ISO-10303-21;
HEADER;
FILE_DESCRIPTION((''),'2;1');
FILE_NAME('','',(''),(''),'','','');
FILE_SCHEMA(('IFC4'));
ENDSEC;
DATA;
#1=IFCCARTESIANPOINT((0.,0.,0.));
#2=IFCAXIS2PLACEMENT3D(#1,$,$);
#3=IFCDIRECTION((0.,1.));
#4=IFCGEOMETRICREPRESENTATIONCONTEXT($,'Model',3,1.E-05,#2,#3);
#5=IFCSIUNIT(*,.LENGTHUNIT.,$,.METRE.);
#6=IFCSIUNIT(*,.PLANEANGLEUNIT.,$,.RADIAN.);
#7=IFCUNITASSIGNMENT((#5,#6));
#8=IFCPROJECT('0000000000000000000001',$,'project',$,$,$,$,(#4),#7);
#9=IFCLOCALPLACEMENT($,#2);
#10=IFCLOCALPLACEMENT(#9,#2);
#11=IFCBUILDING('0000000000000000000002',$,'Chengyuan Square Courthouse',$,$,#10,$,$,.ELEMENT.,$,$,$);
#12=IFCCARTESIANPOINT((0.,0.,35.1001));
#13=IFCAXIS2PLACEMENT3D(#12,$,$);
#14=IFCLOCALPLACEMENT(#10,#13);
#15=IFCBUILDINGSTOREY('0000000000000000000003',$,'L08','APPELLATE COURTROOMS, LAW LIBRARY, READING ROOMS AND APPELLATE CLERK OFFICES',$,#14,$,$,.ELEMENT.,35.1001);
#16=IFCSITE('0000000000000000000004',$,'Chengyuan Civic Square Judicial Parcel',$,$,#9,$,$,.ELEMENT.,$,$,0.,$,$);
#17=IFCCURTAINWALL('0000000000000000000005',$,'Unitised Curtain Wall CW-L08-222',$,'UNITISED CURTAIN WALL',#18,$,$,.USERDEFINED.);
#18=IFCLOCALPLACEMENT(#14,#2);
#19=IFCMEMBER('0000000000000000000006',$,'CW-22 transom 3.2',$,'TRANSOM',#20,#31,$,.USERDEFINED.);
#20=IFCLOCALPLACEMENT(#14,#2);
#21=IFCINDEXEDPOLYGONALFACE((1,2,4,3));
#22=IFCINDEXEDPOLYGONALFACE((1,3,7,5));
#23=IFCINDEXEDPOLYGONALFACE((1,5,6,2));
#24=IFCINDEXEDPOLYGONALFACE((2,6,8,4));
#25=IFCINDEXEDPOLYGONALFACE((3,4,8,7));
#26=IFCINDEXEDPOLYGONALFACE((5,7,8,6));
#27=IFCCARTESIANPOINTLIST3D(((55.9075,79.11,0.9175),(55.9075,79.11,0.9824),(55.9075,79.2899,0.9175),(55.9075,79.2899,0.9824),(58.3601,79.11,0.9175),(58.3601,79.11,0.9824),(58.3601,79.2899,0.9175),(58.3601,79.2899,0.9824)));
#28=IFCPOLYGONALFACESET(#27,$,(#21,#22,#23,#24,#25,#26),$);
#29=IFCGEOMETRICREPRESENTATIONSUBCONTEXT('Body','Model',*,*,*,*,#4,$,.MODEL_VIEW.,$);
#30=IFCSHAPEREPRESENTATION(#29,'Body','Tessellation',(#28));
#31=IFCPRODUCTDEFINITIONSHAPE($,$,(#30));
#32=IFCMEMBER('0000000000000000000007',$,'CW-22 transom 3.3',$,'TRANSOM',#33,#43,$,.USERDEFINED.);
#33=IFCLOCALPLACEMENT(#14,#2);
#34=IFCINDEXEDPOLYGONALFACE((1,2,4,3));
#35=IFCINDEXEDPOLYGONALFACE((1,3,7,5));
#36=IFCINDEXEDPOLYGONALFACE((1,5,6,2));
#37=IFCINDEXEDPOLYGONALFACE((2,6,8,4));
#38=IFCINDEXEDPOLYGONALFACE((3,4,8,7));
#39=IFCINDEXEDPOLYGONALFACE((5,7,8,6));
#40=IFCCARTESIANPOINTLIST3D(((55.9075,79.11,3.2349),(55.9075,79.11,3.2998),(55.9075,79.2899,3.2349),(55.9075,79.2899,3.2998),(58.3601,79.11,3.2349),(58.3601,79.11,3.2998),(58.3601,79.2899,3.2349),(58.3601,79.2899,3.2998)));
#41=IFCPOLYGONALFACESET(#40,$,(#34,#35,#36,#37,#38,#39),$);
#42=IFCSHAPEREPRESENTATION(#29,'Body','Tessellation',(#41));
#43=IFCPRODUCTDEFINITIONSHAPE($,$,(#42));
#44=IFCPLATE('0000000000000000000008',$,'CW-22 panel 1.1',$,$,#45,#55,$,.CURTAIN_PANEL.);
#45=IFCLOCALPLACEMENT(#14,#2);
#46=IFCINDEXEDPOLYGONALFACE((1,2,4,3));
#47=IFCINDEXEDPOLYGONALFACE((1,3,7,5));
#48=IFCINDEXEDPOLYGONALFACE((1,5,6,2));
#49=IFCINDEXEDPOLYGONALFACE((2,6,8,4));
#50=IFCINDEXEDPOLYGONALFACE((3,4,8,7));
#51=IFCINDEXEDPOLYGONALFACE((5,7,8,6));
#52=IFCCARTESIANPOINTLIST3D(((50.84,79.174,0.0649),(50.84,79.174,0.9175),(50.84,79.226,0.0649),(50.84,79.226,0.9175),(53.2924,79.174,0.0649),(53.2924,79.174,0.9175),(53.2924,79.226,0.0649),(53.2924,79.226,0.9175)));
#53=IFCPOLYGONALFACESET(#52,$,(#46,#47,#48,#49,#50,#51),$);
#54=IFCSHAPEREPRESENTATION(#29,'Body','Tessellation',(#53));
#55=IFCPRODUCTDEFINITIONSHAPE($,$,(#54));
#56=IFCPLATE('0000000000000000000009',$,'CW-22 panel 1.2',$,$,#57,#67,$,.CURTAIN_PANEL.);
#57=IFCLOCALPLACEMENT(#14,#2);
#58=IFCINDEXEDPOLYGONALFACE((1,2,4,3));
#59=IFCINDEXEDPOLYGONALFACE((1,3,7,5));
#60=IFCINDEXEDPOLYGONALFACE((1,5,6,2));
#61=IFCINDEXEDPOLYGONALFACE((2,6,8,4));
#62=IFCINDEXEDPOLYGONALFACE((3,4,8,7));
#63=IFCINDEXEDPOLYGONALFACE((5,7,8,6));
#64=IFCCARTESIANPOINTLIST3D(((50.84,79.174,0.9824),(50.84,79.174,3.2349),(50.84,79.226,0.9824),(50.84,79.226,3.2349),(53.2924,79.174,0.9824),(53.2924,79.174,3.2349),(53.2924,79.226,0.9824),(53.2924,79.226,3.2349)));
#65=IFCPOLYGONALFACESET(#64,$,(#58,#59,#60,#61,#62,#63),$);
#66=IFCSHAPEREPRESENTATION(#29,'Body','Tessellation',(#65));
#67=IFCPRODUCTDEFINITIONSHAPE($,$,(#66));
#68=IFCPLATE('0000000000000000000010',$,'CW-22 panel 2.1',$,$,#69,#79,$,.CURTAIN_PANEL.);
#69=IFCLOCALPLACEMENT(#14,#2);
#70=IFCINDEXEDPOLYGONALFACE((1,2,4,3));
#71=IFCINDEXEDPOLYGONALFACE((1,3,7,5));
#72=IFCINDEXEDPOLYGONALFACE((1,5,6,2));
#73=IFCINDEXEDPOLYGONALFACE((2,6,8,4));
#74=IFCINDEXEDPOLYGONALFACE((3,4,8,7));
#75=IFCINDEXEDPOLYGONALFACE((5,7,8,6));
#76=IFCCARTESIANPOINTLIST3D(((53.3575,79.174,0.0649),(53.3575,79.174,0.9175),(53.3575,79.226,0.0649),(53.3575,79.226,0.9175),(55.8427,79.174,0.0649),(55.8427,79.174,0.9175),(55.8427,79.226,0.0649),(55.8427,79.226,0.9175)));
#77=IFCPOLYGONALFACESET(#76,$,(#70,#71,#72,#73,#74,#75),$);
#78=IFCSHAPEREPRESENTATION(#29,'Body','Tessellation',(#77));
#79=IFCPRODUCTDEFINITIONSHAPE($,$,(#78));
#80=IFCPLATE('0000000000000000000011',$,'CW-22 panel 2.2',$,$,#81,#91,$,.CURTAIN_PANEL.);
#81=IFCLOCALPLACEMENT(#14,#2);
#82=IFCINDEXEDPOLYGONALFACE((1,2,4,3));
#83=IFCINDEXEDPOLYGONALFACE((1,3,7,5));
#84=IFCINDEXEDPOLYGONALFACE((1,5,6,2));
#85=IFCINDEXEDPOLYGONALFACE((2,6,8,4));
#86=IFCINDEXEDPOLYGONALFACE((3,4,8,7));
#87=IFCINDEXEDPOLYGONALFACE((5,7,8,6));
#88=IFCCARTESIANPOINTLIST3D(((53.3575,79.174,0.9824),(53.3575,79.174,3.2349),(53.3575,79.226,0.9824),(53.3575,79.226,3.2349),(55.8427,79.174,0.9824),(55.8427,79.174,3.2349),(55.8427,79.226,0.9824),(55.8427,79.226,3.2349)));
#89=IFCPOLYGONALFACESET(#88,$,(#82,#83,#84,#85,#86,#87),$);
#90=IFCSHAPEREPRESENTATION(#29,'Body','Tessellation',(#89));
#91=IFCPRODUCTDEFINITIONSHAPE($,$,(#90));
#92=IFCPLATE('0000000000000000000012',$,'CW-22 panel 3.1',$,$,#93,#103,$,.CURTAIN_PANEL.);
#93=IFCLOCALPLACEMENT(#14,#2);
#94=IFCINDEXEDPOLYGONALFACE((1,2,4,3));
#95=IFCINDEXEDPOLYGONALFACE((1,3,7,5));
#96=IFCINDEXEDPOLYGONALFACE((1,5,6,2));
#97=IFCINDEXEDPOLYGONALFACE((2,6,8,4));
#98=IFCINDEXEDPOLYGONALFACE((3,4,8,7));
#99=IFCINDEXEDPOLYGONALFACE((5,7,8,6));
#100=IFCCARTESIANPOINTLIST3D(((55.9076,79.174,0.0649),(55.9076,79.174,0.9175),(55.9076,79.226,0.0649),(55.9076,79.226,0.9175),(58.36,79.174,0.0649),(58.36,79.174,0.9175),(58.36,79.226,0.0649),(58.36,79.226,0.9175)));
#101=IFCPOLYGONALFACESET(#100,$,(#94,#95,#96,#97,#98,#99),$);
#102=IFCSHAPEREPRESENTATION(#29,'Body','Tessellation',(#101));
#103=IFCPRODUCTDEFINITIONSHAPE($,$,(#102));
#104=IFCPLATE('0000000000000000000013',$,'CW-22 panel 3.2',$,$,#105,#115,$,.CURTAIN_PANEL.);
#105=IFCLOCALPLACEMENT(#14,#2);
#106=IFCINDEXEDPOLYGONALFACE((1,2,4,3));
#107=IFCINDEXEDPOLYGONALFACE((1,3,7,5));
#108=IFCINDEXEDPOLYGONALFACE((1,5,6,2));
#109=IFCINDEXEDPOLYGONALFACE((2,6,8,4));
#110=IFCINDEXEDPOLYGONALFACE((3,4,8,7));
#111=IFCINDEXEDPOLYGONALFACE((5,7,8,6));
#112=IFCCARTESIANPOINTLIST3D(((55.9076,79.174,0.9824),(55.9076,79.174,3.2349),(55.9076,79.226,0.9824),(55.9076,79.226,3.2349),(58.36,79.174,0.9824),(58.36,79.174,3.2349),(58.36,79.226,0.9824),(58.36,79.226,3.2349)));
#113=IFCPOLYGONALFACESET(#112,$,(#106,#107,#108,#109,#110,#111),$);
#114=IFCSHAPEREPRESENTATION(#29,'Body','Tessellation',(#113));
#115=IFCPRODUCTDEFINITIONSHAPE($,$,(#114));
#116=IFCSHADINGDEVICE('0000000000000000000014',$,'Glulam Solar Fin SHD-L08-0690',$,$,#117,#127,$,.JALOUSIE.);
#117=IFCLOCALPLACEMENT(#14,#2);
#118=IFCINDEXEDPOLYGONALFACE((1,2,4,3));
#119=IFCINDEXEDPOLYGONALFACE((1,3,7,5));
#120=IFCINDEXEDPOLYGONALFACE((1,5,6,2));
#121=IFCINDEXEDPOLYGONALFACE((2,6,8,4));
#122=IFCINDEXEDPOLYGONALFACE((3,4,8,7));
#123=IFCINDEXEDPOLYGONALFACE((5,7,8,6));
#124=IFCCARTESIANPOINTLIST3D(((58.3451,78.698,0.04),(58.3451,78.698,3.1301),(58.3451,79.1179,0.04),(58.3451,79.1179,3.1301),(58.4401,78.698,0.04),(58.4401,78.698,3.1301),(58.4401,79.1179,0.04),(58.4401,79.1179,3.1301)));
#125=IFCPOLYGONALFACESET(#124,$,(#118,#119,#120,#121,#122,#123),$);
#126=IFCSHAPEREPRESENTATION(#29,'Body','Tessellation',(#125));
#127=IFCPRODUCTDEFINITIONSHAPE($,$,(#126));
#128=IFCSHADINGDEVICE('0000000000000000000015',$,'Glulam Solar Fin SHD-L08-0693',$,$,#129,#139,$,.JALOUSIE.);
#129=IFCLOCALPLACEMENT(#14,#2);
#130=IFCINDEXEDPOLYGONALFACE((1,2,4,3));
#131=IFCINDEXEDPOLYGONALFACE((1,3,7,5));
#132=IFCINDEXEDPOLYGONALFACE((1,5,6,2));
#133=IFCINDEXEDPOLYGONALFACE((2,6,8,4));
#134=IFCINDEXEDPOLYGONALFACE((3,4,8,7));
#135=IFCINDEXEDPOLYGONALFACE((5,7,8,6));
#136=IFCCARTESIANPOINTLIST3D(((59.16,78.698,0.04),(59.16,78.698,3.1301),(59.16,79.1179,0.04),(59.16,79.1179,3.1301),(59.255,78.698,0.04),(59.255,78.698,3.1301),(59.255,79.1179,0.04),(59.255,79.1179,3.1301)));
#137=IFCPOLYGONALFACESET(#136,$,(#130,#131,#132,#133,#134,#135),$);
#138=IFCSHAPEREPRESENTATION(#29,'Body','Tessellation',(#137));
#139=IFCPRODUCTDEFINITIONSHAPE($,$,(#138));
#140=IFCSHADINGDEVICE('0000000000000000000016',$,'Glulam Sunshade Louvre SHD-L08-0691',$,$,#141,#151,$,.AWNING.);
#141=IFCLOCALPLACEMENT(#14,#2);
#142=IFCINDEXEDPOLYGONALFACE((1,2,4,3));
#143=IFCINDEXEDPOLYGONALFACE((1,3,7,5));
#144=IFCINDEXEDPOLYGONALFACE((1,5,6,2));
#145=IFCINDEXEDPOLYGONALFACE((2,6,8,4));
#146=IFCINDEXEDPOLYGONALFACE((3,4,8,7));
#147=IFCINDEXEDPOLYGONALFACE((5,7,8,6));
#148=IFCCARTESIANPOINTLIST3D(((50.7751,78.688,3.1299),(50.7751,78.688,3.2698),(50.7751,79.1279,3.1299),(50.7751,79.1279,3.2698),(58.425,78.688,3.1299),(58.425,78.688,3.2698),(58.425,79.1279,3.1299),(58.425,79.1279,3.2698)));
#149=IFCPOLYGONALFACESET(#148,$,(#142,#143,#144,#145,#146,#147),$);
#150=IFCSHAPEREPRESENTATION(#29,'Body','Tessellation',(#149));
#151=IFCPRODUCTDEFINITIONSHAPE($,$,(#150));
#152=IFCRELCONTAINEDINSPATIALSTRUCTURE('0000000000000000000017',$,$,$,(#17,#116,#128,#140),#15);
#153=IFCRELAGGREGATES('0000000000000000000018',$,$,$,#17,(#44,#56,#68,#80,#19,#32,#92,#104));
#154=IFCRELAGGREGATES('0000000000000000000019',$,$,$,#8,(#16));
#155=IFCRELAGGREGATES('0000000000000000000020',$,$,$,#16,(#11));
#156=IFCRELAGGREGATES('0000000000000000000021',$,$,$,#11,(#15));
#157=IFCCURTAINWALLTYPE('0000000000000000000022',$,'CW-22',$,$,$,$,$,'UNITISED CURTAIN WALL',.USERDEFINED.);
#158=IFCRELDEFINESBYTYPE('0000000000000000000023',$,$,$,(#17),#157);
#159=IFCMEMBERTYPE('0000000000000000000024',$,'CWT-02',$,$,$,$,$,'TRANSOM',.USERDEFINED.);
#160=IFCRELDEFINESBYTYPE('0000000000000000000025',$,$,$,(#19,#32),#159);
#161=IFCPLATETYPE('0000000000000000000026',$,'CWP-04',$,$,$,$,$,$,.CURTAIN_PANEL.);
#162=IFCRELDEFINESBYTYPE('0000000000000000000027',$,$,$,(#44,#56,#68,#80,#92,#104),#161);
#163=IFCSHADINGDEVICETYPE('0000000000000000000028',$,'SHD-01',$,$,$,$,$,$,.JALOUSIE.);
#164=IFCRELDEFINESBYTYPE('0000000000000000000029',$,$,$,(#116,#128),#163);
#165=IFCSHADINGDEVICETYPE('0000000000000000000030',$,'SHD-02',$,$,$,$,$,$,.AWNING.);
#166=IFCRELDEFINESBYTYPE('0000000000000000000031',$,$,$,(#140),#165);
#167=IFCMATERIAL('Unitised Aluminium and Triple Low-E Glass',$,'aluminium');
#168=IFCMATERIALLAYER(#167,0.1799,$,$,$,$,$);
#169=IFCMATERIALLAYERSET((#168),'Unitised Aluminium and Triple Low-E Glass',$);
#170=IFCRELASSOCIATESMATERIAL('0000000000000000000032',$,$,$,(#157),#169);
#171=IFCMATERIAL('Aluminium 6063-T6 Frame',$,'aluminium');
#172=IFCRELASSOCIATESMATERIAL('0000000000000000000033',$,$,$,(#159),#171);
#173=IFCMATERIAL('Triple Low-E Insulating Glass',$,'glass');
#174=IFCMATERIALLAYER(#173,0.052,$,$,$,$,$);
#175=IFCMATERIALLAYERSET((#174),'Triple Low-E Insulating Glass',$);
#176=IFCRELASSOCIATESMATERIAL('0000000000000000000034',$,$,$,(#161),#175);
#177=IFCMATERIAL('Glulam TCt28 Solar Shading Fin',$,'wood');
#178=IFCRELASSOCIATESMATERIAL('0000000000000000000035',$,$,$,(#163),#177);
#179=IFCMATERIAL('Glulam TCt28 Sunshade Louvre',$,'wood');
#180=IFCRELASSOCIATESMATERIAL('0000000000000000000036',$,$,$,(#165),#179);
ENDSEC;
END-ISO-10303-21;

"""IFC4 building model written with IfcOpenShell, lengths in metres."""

from ifc_helpers import new_model, si_unit, direction, frame, origin, origin_2d, place, context, subcontext, project, spatial, rectangle, extrude, material, layer, layer_set, material_profile, profile_set, type_object, element, aggregate, save


model = new_model("IFC4")

# Units and contexts
model_context = context("Model", 3, precision=1e-05, world=origin(), true_north=direction((0.0, 1.0)))
body_context = subcontext(model_context, "Body", "Model", "MODEL_VIEW")
ifc_project = project(units=[si_unit("LENGTHUNIT", "METRE"), si_unit("PLANEANGLEUNIT", "RADIAN")], contexts=[model_context])

# Site, building, storey
site_placement = place(None, origin())
site = spatial("IfcSite", under=ifc_project, at=site_placement, Name="Chengyuan Civic Square Judicial Parcel", CompositionType="ELEMENT", RefElevation=0.0)
building_placement = place(site_placement, origin())
building = spatial("IfcBuilding", under=site, at=building_placement, Name="Chengyuan Square Courthouse", CompositionType="ELEMENT")
storey_placement = place(building_placement, frame((0.0, 0.0, 35.1001)))
storey = spatial("IfcBuildingStorey", under=building, at=storey_placement, Name="L08", Description="APPELLATE COURTROOMS, LAW LIBRARY, READING ROOMS AND APPELLATE CLERK OFFICES", CompositionType="ELEMENT", Elevation=35.1001)

# Curtain wall, members, plates
ifc_material_1 = material(Name="Unitised Aluminium and Triple Low-E Glass", Category="aluminium")
ifc_layer_1 = layer(ifc_material_1, 0.1799)
ifc_layer_set_1 = layer_set([ifc_layer_1], Name="Unitised Aluminium and Triple Low-E Glass")
curtain_wall_type = type_object("IfcCurtainWallType", Name="CW-22", ElementType="UNITISED CURTAIN WALL", PredefinedType="USERDEFINED", material=ifc_layer_set_1)
curtain_wall_placement = place(storey_placement, origin())
curtain_wall = element("IfcCurtainWall", 1, at=curtain_wall_placement, inside=storey, type_object=curtain_wall_type, Name="Unitised Curtain Wall CW-L08-222", ObjectType="UNITISED CURTAIN WALL", PredefinedType="USERDEFINED")
ifc_material_2 = material(Name="Aluminium 6063-T6 Frame", Category="aluminium")
ifc_material_profile_1 = material_profile(ifc_material_2, rectangle(XDim=0.1799, YDim=0.0649, at=origin_2d()), Name="CW-TRN-65x140")
ifc_profile_set_1 = profile_set([ifc_material_profile_1], Name="Aluminium 6063-T6 Frame")
member_type_1 = type_object("IfcMemberType", Name="CWT-02", ElementType="TRANSOM", PredefinedType="USERDEFINED", material=ifc_profile_set_1)
member_1_placement = place(storey_placement, frame((55.9075, 79.2, 0.95), z_axis=(1.0, 0.0, 0.0), x_axis=(0.0, 1.0, 0.0)))
member_1 = element("IfcMember", 2, at=member_1_placement, type_object=member_type_1, Name="CW-22 transom 3.2", ObjectType="TRANSOM", PredefinedType="USERDEFINED", context=body_context, shape_type="SweptSolid", body=[
    extrude(rectangle(XDim=0.1799, YDim=0.0649, at=origin_2d()), origin(), (0.0, 0.0, 1.0), 2.4526),
])
member_2_placement = place(storey_placement, frame((55.9075, 79.2, 3.2673), z_axis=(1.0, 0.0, 0.0), x_axis=(0.0, 1.0, 0.0)))
member_2 = element("IfcMember", 3, at=member_2_placement, type_object=member_type_1, Name="CW-22 transom 3.3", ObjectType="TRANSOM", PredefinedType="USERDEFINED", context=body_context, shape_type="SweptSolid", body=[
    extrude(rectangle(XDim=0.1799, YDim=0.0649, at=origin_2d()), origin(), (0.0, 0.0, 1.0), 2.4526),
])
ifc_material_3 = material(Name="Triple Low-E Insulating Glass", Category="glass")
ifc_layer_2 = layer(ifc_material_3, 0.052)
ifc_layer_set_2 = layer_set([ifc_layer_2], Name="Triple Low-E Insulating Glass")
plate_type = type_object("IfcPlateType", Name="CWP-04", PredefinedType="CURTAIN_PANEL", material=ifc_layer_set_2)
plate_1_placement = place(storey_placement, frame((52.0662, 79.2, 0.0649), z_axis=(0.0, 0.0, 1.0), x_axis=(1.0, 0.0, 0.0)))
plate_1 = element("IfcPlate", 4, at=plate_1_placement, type_object=plate_type, Name="CW-22 panel 1.1", PredefinedType="CURTAIN_PANEL", context=body_context, shape_type="SweptSolid", body=[
    extrude(rectangle(XDim=2.4524, YDim=0.052, at=origin_2d()), origin(), (0.0, 0.0, 1.0), 0.8525),
])
plate_2_placement = place(storey_placement, frame((52.0662, 79.2, 0.9824), z_axis=(0.0, 0.0, 1.0), x_axis=(1.0, 0.0, 0.0)))
plate_2 = element("IfcPlate", 5, at=plate_2_placement, type_object=plate_type, Name="CW-22 panel 1.2", PredefinedType="CURTAIN_PANEL", context=body_context, shape_type="SweptSolid", body=[
    extrude(rectangle(XDim=2.4524, YDim=0.052, at=origin_2d()), origin(), (0.0, 0.0, 1.0), 2.2524),
])
plate_3_placement = place(storey_placement, frame((54.6001, 79.2, 0.0649), z_axis=(0.0, 0.0, 1.0), x_axis=(1.0, 0.0, 0.0)))
plate_3 = element("IfcPlate", 6, at=plate_3_placement, type_object=plate_type, Name="CW-22 panel 2.1", PredefinedType="CURTAIN_PANEL", context=body_context, shape_type="SweptSolid", body=[
    extrude(rectangle(XDim=2.4851, YDim=0.052, at=origin_2d()), origin(), (0.0, 0.0, 1.0), 0.8525),
])
plate_4_placement = place(storey_placement, frame((54.6001, 79.2, 0.9824), z_axis=(0.0, 0.0, 1.0), x_axis=(1.0, 0.0, 0.0)))
plate_4 = element("IfcPlate", 7, at=plate_4_placement, type_object=plate_type, Name="CW-22 panel 2.2", PredefinedType="CURTAIN_PANEL", context=body_context, shape_type="SweptSolid", body=[
    extrude(rectangle(XDim=2.4851, YDim=0.052, at=origin_2d()), origin(), (0.0, 0.0, 1.0), 2.2524),
])
plate_5_placement = place(storey_placement, frame((57.1338, 79.2, 0.0649), z_axis=(0.0, 0.0, 1.0), x_axis=(1.0, 0.0, 0.0)))
plate_5 = element("IfcPlate", 8, at=plate_5_placement, type_object=plate_type, Name="CW-22 panel 3.1", PredefinedType="CURTAIN_PANEL", context=body_context, shape_type="SweptSolid", body=[
    extrude(rectangle(XDim=2.4524, YDim=0.052, at=origin_2d()), origin(), (0.0, 0.0, 1.0), 0.8525),
])
plate_6_placement = place(storey_placement, frame((57.1338, 79.2, 0.9824), z_axis=(0.0, 0.0, 1.0), x_axis=(1.0, 0.0, 0.0)))
plate_6 = element("IfcPlate", 9, at=plate_6_placement, type_object=plate_type, Name="CW-22 panel 3.2", PredefinedType="CURTAIN_PANEL", context=body_context, shape_type="SweptSolid", body=[
    extrude(rectangle(XDim=2.4524, YDim=0.052, at=origin_2d()), origin(), (0.0, 0.0, 1.0), 2.2524),
])
aggregate(curtain_wall, [plate_1, plate_2, plate_3, plate_4, member_1, member_2, plate_5, plate_6])

# Shading devices
ifc_material_4 = material(Name="Glulam TCt28 Solar Shading Fin", Category="wood")
shading_device_type_1 = type_object("IfcShadingDeviceType", Name="SHD-01", PredefinedType="JALOUSIE", material=ifc_material_4)
for number, where, z_axis, x_axis, name in (
    (10, (58.3926, 78.908, 0.04), (0.0, 0.0, 1.0), (0.0, 1.0, 0.0), "Glulam Solar Fin SHD-L08-0690"),
    (11, (59.2075, 78.908, 0.04), (0.0, 0.0, 1.0), (0.0, 1.0, 0.0), "Glulam Solar Fin SHD-L08-0693"),
):
    element("IfcShadingDevice", number, at=place(storey_placement, frame(where, z_axis=z_axis, x_axis=x_axis)), inside=storey, type_object=shading_device_type_1, Name=name, PredefinedType="JALOUSIE", context=body_context, shape_type="SweptSolid", body=[
        extrude(rectangle(XDim=0.4199, YDim=0.095, at=origin_2d()), origin(), (0.0, 0.0, 1.0), 3.0901),
    ])
ifc_material_5 = material(Name="Glulam TCt28 Sunshade Louvre", Category="wood")
shading_device_type_2 = type_object("IfcShadingDeviceType", Name="SHD-02", PredefinedType="AWNING", material=ifc_material_5)
shading_device_placement = place(storey_placement, frame((54.6001, 78.908, 3.1299), z_axis=(0.0, 0.0, 1.0), x_axis=(1.0, 0.0, 0.0)))
element("IfcShadingDevice", 12, at=shading_device_placement, inside=storey, type_object=shading_device_type_2, Name="Glulam Sunshade Louvre SHD-L08-0691", PredefinedType="AWNING", context=body_context, shape_type="SweptSolid", body=[
    extrude(rectangle(XDim=7.6499, YDim=0.4399, at=origin_2d()), origin(), (0.0, 0.0, 1.0), 0.1399),
])

save(model, "model.ifc")
